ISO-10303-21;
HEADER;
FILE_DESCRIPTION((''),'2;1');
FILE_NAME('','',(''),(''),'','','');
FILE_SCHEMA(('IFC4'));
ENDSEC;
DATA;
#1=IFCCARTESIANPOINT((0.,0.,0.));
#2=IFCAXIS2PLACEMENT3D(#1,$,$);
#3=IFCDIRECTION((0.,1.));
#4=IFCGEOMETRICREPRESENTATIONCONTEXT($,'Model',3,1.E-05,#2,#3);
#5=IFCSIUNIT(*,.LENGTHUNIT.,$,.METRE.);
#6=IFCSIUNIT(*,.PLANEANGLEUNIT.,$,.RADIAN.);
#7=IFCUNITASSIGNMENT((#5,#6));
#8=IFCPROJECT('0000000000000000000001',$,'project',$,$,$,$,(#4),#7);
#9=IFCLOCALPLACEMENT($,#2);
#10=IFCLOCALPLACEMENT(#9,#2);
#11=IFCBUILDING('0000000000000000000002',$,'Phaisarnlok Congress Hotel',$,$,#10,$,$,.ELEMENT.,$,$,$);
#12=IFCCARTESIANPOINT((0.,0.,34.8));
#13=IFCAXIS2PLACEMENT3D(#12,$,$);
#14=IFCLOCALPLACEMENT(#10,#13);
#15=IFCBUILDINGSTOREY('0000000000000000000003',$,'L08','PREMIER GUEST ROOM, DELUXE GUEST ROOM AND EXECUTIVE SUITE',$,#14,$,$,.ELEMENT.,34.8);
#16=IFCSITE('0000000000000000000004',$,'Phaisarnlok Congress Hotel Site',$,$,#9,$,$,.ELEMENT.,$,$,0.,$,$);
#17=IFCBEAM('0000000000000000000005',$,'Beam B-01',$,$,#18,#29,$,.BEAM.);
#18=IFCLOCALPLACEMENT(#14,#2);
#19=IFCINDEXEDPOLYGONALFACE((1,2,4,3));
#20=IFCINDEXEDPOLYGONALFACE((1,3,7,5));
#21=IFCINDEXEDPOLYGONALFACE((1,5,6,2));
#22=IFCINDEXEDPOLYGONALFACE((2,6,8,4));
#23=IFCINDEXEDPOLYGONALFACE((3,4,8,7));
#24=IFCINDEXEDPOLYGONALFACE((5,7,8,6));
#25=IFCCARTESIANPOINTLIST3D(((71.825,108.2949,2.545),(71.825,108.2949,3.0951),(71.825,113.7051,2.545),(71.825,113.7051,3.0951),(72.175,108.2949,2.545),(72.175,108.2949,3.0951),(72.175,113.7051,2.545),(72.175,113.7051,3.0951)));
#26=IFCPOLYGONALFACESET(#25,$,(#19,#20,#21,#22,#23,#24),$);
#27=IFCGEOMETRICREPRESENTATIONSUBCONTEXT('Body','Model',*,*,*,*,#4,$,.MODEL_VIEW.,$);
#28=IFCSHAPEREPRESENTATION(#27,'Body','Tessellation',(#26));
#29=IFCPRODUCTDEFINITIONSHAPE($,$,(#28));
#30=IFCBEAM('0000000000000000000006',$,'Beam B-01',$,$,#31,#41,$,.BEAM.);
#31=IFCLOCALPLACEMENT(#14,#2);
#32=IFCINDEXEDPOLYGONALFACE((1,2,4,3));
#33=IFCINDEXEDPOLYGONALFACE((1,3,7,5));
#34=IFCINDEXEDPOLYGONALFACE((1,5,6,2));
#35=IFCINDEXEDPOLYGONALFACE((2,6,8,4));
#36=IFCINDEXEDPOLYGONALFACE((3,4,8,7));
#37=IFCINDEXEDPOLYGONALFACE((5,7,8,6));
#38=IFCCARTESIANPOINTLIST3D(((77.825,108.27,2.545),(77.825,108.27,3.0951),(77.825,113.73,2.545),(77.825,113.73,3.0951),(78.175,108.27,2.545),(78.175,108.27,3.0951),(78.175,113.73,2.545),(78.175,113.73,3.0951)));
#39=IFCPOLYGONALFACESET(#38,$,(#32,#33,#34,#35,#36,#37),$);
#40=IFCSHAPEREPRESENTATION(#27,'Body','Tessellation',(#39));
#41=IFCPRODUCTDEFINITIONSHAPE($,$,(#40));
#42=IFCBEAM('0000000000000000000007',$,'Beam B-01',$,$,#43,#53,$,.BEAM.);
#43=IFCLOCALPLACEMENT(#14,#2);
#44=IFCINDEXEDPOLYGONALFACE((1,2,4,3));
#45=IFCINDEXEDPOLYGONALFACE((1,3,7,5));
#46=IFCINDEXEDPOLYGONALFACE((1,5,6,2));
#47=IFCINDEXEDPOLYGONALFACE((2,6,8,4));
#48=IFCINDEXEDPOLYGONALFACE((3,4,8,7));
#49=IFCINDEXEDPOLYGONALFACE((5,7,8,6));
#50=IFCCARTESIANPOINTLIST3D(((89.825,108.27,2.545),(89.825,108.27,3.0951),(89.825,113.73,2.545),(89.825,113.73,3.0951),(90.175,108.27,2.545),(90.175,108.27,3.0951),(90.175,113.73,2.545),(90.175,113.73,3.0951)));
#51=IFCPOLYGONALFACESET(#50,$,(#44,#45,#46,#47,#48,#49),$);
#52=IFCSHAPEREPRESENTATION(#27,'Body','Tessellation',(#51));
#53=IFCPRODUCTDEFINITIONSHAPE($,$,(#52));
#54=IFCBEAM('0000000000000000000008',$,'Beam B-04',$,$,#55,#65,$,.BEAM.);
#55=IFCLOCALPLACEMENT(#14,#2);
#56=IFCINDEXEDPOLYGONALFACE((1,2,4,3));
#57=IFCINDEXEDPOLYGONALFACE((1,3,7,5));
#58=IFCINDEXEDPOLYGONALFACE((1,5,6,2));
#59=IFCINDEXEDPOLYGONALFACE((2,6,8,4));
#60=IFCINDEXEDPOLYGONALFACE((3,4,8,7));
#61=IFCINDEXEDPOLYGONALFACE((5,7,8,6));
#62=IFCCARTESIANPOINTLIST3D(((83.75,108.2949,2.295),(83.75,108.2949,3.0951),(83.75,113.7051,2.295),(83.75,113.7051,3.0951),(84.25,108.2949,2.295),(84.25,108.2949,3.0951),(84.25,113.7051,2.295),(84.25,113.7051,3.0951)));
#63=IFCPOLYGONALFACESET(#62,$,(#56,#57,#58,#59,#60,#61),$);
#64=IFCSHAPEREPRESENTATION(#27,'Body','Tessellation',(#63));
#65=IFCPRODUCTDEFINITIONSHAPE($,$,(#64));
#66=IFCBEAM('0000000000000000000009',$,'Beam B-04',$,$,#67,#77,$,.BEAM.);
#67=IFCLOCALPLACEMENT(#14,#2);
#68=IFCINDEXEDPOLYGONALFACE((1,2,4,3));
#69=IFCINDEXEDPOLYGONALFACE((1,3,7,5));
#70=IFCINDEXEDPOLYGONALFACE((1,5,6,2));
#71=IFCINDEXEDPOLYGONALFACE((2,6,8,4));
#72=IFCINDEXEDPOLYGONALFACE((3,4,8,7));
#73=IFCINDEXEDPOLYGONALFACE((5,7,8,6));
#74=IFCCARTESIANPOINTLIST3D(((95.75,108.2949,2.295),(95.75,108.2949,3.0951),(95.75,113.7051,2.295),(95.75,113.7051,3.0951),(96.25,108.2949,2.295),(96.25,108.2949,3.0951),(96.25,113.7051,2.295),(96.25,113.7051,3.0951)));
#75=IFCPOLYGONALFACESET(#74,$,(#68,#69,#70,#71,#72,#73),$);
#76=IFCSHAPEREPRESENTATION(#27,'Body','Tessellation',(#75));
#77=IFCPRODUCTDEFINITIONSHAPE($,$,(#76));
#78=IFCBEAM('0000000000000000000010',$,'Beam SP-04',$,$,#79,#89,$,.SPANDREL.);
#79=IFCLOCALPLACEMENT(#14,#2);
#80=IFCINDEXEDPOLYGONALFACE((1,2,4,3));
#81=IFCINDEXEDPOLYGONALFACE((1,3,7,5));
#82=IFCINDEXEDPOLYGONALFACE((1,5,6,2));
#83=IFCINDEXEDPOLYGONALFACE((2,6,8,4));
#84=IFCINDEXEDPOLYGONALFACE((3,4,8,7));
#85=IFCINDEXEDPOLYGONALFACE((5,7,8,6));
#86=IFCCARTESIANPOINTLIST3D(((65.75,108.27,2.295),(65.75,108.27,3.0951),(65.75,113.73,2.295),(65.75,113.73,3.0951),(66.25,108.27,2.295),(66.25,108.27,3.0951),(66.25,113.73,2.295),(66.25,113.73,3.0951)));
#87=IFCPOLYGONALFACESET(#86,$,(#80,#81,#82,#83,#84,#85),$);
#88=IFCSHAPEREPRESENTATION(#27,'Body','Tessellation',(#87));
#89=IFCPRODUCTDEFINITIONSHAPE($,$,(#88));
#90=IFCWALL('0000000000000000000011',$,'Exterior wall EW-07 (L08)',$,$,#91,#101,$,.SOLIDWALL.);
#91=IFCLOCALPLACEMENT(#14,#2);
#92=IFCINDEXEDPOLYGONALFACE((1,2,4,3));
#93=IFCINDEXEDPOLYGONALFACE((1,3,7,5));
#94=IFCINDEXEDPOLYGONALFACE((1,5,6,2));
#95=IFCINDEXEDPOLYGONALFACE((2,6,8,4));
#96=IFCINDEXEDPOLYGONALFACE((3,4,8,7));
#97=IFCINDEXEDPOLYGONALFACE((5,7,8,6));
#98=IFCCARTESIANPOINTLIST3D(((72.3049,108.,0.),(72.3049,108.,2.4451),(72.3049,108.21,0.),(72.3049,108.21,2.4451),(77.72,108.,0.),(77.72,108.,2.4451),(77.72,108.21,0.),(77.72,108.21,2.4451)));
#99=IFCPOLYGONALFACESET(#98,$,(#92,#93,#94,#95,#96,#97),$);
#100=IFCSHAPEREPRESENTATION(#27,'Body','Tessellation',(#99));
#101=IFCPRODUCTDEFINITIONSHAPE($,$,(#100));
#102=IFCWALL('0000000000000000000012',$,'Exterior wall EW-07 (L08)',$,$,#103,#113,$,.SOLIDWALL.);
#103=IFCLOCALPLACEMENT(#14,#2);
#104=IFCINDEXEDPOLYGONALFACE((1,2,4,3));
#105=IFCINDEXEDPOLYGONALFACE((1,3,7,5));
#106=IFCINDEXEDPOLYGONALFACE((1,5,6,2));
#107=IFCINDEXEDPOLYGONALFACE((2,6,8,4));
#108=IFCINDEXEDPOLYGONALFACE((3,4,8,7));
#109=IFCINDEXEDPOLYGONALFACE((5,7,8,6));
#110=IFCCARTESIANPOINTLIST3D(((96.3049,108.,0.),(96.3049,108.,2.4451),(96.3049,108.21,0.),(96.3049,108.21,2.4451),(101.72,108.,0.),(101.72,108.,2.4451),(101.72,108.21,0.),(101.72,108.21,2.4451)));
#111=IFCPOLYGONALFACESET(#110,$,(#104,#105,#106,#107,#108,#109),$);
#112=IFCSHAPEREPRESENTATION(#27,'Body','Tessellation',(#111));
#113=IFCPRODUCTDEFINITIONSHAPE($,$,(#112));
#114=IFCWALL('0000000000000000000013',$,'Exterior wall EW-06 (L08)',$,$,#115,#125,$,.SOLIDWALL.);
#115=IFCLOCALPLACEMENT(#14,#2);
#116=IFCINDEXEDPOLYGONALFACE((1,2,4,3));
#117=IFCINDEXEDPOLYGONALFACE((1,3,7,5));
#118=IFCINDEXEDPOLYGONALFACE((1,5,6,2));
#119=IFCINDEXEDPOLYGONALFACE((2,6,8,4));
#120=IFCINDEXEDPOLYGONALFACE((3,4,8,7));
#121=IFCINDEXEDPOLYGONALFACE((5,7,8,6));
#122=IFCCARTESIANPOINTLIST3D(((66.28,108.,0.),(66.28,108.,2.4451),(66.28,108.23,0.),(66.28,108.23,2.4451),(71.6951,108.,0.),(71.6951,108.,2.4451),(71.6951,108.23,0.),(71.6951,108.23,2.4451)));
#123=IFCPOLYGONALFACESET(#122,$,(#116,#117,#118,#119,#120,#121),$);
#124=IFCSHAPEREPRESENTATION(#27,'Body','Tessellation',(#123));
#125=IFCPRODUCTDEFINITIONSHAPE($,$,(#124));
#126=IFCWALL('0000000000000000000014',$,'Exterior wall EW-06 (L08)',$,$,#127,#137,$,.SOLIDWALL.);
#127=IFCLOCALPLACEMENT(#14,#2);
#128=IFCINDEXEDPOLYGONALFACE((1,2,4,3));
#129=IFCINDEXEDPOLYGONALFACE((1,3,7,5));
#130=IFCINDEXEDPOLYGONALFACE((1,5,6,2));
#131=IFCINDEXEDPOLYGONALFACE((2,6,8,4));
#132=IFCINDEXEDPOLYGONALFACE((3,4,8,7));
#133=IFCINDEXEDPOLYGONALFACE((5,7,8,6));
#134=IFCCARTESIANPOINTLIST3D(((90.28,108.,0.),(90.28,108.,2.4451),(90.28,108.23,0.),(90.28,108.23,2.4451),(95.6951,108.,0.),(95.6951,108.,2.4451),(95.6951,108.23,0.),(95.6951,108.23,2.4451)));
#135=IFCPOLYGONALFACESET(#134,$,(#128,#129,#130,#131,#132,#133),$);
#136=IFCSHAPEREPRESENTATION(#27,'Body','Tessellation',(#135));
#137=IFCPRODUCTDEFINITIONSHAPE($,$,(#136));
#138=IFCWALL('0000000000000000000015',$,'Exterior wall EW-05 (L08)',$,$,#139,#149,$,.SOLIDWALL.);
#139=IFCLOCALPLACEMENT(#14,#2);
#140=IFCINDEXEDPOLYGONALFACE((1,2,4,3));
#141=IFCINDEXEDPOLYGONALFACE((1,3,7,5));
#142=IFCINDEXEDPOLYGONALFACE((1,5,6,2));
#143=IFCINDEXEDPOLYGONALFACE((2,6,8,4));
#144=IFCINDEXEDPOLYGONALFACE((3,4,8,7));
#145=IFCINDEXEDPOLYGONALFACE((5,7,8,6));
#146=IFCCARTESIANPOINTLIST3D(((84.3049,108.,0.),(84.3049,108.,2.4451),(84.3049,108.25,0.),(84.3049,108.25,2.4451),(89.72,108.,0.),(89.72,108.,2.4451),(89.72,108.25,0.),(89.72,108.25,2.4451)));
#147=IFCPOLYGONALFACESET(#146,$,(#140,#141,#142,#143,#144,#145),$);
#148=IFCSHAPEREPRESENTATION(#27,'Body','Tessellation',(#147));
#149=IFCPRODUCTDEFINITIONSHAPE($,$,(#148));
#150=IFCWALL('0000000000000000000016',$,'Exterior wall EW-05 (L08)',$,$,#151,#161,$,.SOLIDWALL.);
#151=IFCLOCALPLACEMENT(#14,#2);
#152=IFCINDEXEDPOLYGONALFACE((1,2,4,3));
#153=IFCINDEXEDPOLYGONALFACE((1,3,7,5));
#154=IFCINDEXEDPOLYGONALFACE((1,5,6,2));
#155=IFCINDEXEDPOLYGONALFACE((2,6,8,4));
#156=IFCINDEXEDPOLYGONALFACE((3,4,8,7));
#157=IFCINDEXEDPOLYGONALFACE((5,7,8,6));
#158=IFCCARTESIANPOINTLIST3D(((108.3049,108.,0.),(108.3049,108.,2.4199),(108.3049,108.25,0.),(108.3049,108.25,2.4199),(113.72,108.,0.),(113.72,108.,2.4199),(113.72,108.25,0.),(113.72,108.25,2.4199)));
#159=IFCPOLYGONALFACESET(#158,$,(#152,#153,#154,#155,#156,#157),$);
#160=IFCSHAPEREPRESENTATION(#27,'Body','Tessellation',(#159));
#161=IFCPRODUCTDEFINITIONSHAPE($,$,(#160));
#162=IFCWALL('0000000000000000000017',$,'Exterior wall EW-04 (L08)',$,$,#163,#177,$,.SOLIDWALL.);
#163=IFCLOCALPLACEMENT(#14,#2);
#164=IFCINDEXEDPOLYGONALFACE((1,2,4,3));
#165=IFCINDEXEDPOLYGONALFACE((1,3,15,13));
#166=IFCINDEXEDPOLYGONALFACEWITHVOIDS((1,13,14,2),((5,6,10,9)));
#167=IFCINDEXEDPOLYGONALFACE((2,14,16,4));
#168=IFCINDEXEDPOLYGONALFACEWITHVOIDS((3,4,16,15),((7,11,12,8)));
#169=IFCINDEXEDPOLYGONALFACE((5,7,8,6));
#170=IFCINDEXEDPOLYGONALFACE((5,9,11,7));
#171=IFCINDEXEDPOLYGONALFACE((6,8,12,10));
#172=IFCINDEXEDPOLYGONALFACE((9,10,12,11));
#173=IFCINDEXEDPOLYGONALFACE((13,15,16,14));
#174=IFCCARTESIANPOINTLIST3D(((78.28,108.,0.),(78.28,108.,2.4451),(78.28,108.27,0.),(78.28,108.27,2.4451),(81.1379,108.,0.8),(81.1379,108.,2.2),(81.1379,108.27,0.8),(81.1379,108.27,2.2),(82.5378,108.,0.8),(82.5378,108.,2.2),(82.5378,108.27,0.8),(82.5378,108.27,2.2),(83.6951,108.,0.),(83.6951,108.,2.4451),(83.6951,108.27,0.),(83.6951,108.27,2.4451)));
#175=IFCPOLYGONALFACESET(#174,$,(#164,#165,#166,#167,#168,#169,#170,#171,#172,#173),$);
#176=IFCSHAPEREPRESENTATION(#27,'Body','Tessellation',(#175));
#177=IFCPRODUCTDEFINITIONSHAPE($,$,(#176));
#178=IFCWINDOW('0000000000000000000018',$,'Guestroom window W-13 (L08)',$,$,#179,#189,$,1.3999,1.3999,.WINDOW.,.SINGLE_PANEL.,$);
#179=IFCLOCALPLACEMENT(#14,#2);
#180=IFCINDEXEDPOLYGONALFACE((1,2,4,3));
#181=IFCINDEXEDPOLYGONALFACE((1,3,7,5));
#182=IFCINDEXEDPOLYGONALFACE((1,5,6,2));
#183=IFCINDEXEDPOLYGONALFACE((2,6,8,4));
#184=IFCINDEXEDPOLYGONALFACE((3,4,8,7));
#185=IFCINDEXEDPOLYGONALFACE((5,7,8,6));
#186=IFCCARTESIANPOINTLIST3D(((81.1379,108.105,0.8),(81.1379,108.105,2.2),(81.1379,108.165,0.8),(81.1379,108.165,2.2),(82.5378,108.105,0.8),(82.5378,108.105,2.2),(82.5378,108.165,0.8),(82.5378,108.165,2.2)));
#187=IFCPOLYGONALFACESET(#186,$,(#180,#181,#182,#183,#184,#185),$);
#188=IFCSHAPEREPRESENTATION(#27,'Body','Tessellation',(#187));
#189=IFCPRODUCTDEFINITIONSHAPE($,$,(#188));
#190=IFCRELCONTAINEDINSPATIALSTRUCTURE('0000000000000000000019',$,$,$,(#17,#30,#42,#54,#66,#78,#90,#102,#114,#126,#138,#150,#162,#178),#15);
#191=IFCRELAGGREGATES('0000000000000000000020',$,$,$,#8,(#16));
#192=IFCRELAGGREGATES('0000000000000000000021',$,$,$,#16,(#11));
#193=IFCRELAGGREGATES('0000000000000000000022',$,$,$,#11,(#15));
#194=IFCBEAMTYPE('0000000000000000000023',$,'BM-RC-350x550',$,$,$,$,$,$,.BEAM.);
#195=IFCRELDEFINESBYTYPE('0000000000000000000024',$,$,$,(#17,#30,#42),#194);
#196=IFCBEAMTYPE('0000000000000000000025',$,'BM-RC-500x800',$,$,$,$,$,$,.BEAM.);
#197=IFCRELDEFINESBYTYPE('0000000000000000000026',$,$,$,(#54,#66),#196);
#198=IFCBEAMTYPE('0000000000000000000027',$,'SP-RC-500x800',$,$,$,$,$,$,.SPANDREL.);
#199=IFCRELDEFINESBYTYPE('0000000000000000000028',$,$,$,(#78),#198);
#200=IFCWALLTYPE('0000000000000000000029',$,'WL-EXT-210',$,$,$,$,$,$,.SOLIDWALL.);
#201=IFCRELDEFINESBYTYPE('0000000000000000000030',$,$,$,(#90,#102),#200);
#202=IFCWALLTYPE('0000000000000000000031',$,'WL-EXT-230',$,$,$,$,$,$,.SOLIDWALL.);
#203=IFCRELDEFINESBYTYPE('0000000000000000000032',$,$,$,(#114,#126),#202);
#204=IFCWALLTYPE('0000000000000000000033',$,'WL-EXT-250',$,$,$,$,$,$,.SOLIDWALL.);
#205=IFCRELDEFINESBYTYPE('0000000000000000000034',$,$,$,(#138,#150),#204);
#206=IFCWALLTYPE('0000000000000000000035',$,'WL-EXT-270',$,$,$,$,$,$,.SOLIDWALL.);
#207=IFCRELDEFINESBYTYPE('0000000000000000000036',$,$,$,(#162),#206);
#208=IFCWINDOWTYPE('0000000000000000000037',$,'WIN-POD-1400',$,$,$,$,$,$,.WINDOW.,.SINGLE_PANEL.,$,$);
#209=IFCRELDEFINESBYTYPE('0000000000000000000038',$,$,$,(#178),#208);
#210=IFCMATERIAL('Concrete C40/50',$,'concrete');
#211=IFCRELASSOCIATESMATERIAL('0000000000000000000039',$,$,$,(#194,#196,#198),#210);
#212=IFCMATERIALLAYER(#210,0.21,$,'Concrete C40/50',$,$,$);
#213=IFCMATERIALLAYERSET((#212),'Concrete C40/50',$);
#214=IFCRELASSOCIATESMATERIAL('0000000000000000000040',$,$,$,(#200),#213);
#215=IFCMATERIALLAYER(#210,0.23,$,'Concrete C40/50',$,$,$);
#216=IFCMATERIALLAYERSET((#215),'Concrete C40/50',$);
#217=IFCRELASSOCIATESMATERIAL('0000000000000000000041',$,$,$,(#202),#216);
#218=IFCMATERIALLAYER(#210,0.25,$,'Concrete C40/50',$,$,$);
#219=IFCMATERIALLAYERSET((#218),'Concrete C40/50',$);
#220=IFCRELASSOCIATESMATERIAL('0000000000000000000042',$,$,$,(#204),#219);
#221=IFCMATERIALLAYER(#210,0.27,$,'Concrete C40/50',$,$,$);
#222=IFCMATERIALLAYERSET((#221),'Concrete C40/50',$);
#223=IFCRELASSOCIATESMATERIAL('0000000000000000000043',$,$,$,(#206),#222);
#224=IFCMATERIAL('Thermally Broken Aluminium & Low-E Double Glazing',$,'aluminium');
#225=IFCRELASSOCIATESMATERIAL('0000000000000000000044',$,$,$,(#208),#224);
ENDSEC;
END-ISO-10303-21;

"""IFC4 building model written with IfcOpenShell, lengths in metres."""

from ifc_helpers import new_model, si_unit, direction, frame, frame_2d, origin, origin_2d, place, context, subcontext, project, spatial, rectangle, extrude, material, layer, layer_set, material_profile, profile_set, type_object, element, fill, save


model = new_model("IFC4")

# Units and contexts
model_context = context("Model", 3, precision=1e-05, world=origin(), true_north=direction((0.0, 1.0)))
body_context = subcontext(model_context, "Body", "Model", "MODEL_VIEW")
ifc_project = project(units=[si_unit("LENGTHUNIT", "METRE"), si_unit("PLANEANGLEUNIT", "RADIAN")], contexts=[model_context])

# Site, building, storey
site_placement = place(None, origin())
site = spatial("IfcSite", under=ifc_project, at=site_placement, Name="Phaisarnlok Congress Hotel Site", CompositionType="ELEMENT", RefElevation=0.0)
building_placement = place(site_placement, origin())
building = spatial("IfcBuilding", under=site, at=building_placement, Name="Phaisarnlok Congress Hotel", CompositionType="ELEMENT")
storey_placement = place(building_placement, frame((0.0, 0.0, 34.8)))
storey = spatial("IfcBuildingStorey", under=building, at=storey_placement, Name="L08", Description="PREMIER GUEST ROOM, DELUXE GUEST ROOM AND EXECUTIVE SUITE", CompositionType="ELEMENT", Elevation=34.8)

# Beams
ifc_material_1 = material(Name="Concrete C40/50", Category="concrete")
ifc_material_profile_1 = material_profile(ifc_material_1, rectangle(XDim=0.3501, YDim=0.55, at=origin_2d()), Name="RC 350x550")
ifc_profile_set_1 = profile_set([ifc_material_profile_1], Name="Concrete C40/50")
beam_type_1 = type_object("IfcBeamType", Name="BM-RC-350x550", PredefinedType="BEAM", material=ifc_profile_set_1)
beam_1_placement = place(storey_placement, frame((72.0, 108.2949, 2.8201), z_axis=(0.0, 1.0, 0.0), x_axis=(-1.0, 0.0, 0.0)))
element("IfcBeam", 1, at=beam_1_placement, inside=storey, type_object=beam_type_1, Name="Beam B-01", PredefinedType="BEAM", context=body_context, shape_type="SweptSolid", body=[
    extrude(rectangle(XDim=0.3501, YDim=0.55, at=origin_2d()), origin(), (0.0, 0.0, 1.0), 5.4102),
])
for number, where, z_axis, x_axis, name in (
    (2, (78.0, 108.27, 2.8201), (0.0, 1.0, 0.0), (-1.0, 0.0, 0.0), "Beam B-01"),
    (3, (90.0, 108.27, 2.8201), (0.0, 1.0, 0.0), (-1.0, 0.0, 0.0), "Beam B-01"),
):
    element("IfcBeam", number, at=place(storey_placement, frame(where, z_axis=z_axis, x_axis=x_axis)), inside=storey, type_object=beam_type_1, Name=name, PredefinedType="BEAM", context=body_context, shape_type="SweptSolid", body=[
        extrude(rectangle(XDim=0.3501, YDim=0.55, at=origin_2d()), origin(), (0.0, 0.0, 1.0), 5.46),
    ])
ifc_material_profile_2 = material_profile(ifc_material_1, rectangle(XDim=0.5, YDim=0.8, at=origin_2d()), Name="RC 500x800")
ifc_profile_set_2 = profile_set([ifc_material_profile_2], Name="Concrete C40/50")
beam_type_2 = type_object("IfcBeamType", Name="BM-RC-500x800", PredefinedType="BEAM", material=ifc_profile_set_2)
for number, where, z_axis, x_axis, name in (
    (4, (84.0, 108.2949, 2.6951), (0.0, 1.0, 0.0), (-1.0, 0.0, 0.0), "Beam B-04"),
    (5, (96.0, 108.2949, 2.6951), (0.0, 1.0, 0.0), (-1.0, 0.0, 0.0), "Beam B-04"),
):
    element("IfcBeam", number, at=place(storey_placement, frame(where, z_axis=z_axis, x_axis=x_axis)), inside=storey, type_object=beam_type_2, Name=name, PredefinedType="BEAM", context=body_context, shape_type="SweptSolid", body=[
        extrude(rectangle(XDim=0.5, YDim=0.8, at=origin_2d()), origin(), (0.0, 0.0, 1.0), 5.4102),
    ])
ifc_material_profile_3 = material_profile(ifc_material_1, rectangle(XDim=0.5, YDim=0.8, at=origin_2d()), Name="RC 500x800")
ifc_profile_set_3 = profile_set([ifc_material_profile_3], Name="Concrete C40/50")
beam_type_3 = type_object("IfcBeamType", Name="SP-RC-500x800", PredefinedType="SPANDREL", material=ifc_profile_set_3)
beam_2_placement = place(storey_placement, frame((66.0, 108.27, 2.6951), z_axis=(0.0, 1.0, 0.0), x_axis=(-1.0, 0.0, 0.0)))
element("IfcBeam", 6, at=beam_2_placement, inside=storey, type_object=beam_type_3, Name="Beam SP-04", PredefinedType="SPANDREL", context=body_context, shape_type="SweptSolid", body=[
    extrude(rectangle(XDim=0.5, YDim=0.8, at=origin_2d()), origin(), (0.0, 0.0, 1.0), 5.46),
])

# Walls
ifc_layer_1 = layer(ifc_material_1, 0.21, Name="Concrete C40/50")
ifc_layer_set_1 = layer_set([ifc_layer_1], Name="Concrete C40/50")
wall_type_1 = type_object("IfcWallType", Name="WL-EXT-210", PredefinedType="SOLIDWALL", material=ifc_layer_set_1)
for number, where, z_axis, x_axis, name in (
    (7, (72.3049, 108.105, 0.0), (0.0, 0.0, 1.0), (1.0, 0.0, 0.0), "Exterior wall EW-07 (L08)"),
    (8, (96.3049, 108.105, 0.0), (0.0, 0.0, 1.0), (1.0, 0.0, 0.0), "Exterior wall EW-07 (L08)"),
):
    element("IfcWall", number, at=place(storey_placement, frame(where, z_axis=z_axis, x_axis=x_axis)), inside=storey, type_object=wall_type_1, Name=name, PredefinedType="SOLIDWALL", context=body_context, shape_type="SweptSolid", body=[
        extrude(rectangle(XDim=5.415, YDim=0.21, at=frame_2d((2.7075, 0.0))), origin(), (0.0, 0.0, 1.0), 2.4451),
    ])
ifc_layer_2 = layer(ifc_material_1, 0.23, Name="Concrete C40/50")
ifc_layer_set_2 = layer_set([ifc_layer_2], Name="Concrete C40/50")
wall_type_2 = type_object("IfcWallType", Name="WL-EXT-230", PredefinedType="SOLIDWALL", material=ifc_layer_set_2)
for number, where, z_axis, x_axis, name in (
    (9, (66.28, 108.115, 0.0), (0.0, 0.0, 1.0), (1.0, 0.0, 0.0), "Exterior wall EW-06 (L08)"),
    (10, (90.28, 108.115, 0.0), (0.0, 0.0, 1.0), (1.0, 0.0, 0.0), "Exterior wall EW-06 (L08)"),
):
    element("IfcWall", number, at=place(storey_placement, frame(where, z_axis=z_axis, x_axis=x_axis)), inside=storey, type_object=wall_type_2, Name=name, PredefinedType="SOLIDWALL", context=body_context, shape_type="SweptSolid", body=[
        extrude(rectangle(XDim=5.415, YDim=0.23, at=frame_2d((2.7075, 0.0))), origin(), (0.0, 0.0, 1.0), 2.4451),
    ])
ifc_layer_3 = layer(ifc_material_1, 0.25, Name="Concrete C40/50")
ifc_layer_set_3 = layer_set([ifc_layer_3], Name="Concrete C40/50")
wall_type_3 = type_object("IfcWallType", Name="WL-EXT-250", PredefinedType="SOLIDWALL", material=ifc_layer_set_3)
wall_1_placement = place(storey_placement, frame((84.3049, 108.125, 0.0), z_axis=(0.0, 0.0, 1.0), x_axis=(1.0, 0.0, 0.0)))
element("IfcWall", 11, at=wall_1_placement, inside=storey, type_object=wall_type_3, Name="Exterior wall EW-05 (L08)", PredefinedType="SOLIDWALL", context=body_context, shape_type="SweptSolid", body=[
    extrude(rectangle(XDim=5.415, YDim=0.25, at=frame_2d((2.7075, 0.0))), origin(), (0.0, 0.0, 1.0), 2.4451),
])
wall_2_placement = place(storey_placement, frame((108.3049, 108.125, 0.0), z_axis=(0.0, 0.0, 1.0), x_axis=(1.0, 0.0, 0.0)))
element("IfcWall", 12, at=wall_2_placement, inside=storey, type_object=wall_type_3, Name="Exterior wall EW-05 (L08)", PredefinedType="SOLIDWALL", context=body_context, shape_type="SweptSolid", body=[
    extrude(rectangle(XDim=5.415, YDim=0.25, at=frame_2d((2.7075, 0.0))), origin(), (0.0, 0.0, 1.0), 2.4199),
])

# Wall, opening, window
ifc_layer_4 = layer(ifc_material_1, 0.27, Name="Concrete C40/50")
ifc_layer_set_4 = layer_set([ifc_layer_4], Name="Concrete C40/50")
wall_type_4 = type_object("IfcWallType", Name="WL-EXT-270", PredefinedType="SOLIDWALL", material=ifc_layer_set_4)
wall_3_placement = place(storey_placement, frame((78.28, 108.135, 0.0), z_axis=(0.0, 0.0, 1.0), x_axis=(1.0, 0.0, 0.0)))
wall_3 = element("IfcWall", 13, at=wall_3_placement, inside=storey, type_object=wall_type_4, Name="Exterior wall EW-04 (L08)", PredefinedType="SOLIDWALL", context=body_context, shape_type="SweptSolid", body=[
    extrude(rectangle(XDim=5.415, YDim=0.27, at=frame_2d((2.7075, 0.0))), origin(), (0.0, 0.0, 1.0), 2.4451),
])
opening_placement = place(wall_3_placement, frame((2.8579, 0.0, 0.8)))
opening = element("IfcOpeningElement", 14, at=opening_placement, cuts=wall_3, PredefinedType="OPENING", context=body_context, shape_type="SweptSolid", body=[
    extrude(rectangle(XDim=1.3999, YDim=1.3999, at=frame_2d((0.7, 0.7))), frame((0.0, 0.145, 0.0), z_axis=(0.0, -1.0, 0.0), x_axis=(1.0, 0.0, 0.0)), (0.0, 0.0, 1.0), 0.29),
])
ifc_material_2 = material(Name="Thermally Broken Aluminium & Low-E Double Glazing", Category="aluminium")
window_type = type_object("IfcWindowType", Name="WIN-POD-1400", PartitioningType="SINGLE_PANEL", PredefinedType="WINDOW", material=ifc_material_2)
window_placement = place(opening_placement, origin())
window = element("IfcWindow", 15, at=window_placement, inside=storey, type_object=window_type, Name="Guestroom window W-13 (L08)", OverallHeight=1.3999, OverallWidth=1.3999, PartitioningType="SINGLE_PANEL", PredefinedType="WINDOW", context=body_context, shape_type="SweptSolid", body=[
    extrude(rectangle(XDim=1.3999, YDim=1.3999, at=frame_2d((0.7, 0.7))), frame((0.0, 0.03, 0.0), z_axis=(0.0, -1.0, 0.0), x_axis=(1.0, 0.0, 0.0)), (0.0, 0.0, 1.0), 0.0601),
])
fill(opening, window)

save(model, "model.ifc")
